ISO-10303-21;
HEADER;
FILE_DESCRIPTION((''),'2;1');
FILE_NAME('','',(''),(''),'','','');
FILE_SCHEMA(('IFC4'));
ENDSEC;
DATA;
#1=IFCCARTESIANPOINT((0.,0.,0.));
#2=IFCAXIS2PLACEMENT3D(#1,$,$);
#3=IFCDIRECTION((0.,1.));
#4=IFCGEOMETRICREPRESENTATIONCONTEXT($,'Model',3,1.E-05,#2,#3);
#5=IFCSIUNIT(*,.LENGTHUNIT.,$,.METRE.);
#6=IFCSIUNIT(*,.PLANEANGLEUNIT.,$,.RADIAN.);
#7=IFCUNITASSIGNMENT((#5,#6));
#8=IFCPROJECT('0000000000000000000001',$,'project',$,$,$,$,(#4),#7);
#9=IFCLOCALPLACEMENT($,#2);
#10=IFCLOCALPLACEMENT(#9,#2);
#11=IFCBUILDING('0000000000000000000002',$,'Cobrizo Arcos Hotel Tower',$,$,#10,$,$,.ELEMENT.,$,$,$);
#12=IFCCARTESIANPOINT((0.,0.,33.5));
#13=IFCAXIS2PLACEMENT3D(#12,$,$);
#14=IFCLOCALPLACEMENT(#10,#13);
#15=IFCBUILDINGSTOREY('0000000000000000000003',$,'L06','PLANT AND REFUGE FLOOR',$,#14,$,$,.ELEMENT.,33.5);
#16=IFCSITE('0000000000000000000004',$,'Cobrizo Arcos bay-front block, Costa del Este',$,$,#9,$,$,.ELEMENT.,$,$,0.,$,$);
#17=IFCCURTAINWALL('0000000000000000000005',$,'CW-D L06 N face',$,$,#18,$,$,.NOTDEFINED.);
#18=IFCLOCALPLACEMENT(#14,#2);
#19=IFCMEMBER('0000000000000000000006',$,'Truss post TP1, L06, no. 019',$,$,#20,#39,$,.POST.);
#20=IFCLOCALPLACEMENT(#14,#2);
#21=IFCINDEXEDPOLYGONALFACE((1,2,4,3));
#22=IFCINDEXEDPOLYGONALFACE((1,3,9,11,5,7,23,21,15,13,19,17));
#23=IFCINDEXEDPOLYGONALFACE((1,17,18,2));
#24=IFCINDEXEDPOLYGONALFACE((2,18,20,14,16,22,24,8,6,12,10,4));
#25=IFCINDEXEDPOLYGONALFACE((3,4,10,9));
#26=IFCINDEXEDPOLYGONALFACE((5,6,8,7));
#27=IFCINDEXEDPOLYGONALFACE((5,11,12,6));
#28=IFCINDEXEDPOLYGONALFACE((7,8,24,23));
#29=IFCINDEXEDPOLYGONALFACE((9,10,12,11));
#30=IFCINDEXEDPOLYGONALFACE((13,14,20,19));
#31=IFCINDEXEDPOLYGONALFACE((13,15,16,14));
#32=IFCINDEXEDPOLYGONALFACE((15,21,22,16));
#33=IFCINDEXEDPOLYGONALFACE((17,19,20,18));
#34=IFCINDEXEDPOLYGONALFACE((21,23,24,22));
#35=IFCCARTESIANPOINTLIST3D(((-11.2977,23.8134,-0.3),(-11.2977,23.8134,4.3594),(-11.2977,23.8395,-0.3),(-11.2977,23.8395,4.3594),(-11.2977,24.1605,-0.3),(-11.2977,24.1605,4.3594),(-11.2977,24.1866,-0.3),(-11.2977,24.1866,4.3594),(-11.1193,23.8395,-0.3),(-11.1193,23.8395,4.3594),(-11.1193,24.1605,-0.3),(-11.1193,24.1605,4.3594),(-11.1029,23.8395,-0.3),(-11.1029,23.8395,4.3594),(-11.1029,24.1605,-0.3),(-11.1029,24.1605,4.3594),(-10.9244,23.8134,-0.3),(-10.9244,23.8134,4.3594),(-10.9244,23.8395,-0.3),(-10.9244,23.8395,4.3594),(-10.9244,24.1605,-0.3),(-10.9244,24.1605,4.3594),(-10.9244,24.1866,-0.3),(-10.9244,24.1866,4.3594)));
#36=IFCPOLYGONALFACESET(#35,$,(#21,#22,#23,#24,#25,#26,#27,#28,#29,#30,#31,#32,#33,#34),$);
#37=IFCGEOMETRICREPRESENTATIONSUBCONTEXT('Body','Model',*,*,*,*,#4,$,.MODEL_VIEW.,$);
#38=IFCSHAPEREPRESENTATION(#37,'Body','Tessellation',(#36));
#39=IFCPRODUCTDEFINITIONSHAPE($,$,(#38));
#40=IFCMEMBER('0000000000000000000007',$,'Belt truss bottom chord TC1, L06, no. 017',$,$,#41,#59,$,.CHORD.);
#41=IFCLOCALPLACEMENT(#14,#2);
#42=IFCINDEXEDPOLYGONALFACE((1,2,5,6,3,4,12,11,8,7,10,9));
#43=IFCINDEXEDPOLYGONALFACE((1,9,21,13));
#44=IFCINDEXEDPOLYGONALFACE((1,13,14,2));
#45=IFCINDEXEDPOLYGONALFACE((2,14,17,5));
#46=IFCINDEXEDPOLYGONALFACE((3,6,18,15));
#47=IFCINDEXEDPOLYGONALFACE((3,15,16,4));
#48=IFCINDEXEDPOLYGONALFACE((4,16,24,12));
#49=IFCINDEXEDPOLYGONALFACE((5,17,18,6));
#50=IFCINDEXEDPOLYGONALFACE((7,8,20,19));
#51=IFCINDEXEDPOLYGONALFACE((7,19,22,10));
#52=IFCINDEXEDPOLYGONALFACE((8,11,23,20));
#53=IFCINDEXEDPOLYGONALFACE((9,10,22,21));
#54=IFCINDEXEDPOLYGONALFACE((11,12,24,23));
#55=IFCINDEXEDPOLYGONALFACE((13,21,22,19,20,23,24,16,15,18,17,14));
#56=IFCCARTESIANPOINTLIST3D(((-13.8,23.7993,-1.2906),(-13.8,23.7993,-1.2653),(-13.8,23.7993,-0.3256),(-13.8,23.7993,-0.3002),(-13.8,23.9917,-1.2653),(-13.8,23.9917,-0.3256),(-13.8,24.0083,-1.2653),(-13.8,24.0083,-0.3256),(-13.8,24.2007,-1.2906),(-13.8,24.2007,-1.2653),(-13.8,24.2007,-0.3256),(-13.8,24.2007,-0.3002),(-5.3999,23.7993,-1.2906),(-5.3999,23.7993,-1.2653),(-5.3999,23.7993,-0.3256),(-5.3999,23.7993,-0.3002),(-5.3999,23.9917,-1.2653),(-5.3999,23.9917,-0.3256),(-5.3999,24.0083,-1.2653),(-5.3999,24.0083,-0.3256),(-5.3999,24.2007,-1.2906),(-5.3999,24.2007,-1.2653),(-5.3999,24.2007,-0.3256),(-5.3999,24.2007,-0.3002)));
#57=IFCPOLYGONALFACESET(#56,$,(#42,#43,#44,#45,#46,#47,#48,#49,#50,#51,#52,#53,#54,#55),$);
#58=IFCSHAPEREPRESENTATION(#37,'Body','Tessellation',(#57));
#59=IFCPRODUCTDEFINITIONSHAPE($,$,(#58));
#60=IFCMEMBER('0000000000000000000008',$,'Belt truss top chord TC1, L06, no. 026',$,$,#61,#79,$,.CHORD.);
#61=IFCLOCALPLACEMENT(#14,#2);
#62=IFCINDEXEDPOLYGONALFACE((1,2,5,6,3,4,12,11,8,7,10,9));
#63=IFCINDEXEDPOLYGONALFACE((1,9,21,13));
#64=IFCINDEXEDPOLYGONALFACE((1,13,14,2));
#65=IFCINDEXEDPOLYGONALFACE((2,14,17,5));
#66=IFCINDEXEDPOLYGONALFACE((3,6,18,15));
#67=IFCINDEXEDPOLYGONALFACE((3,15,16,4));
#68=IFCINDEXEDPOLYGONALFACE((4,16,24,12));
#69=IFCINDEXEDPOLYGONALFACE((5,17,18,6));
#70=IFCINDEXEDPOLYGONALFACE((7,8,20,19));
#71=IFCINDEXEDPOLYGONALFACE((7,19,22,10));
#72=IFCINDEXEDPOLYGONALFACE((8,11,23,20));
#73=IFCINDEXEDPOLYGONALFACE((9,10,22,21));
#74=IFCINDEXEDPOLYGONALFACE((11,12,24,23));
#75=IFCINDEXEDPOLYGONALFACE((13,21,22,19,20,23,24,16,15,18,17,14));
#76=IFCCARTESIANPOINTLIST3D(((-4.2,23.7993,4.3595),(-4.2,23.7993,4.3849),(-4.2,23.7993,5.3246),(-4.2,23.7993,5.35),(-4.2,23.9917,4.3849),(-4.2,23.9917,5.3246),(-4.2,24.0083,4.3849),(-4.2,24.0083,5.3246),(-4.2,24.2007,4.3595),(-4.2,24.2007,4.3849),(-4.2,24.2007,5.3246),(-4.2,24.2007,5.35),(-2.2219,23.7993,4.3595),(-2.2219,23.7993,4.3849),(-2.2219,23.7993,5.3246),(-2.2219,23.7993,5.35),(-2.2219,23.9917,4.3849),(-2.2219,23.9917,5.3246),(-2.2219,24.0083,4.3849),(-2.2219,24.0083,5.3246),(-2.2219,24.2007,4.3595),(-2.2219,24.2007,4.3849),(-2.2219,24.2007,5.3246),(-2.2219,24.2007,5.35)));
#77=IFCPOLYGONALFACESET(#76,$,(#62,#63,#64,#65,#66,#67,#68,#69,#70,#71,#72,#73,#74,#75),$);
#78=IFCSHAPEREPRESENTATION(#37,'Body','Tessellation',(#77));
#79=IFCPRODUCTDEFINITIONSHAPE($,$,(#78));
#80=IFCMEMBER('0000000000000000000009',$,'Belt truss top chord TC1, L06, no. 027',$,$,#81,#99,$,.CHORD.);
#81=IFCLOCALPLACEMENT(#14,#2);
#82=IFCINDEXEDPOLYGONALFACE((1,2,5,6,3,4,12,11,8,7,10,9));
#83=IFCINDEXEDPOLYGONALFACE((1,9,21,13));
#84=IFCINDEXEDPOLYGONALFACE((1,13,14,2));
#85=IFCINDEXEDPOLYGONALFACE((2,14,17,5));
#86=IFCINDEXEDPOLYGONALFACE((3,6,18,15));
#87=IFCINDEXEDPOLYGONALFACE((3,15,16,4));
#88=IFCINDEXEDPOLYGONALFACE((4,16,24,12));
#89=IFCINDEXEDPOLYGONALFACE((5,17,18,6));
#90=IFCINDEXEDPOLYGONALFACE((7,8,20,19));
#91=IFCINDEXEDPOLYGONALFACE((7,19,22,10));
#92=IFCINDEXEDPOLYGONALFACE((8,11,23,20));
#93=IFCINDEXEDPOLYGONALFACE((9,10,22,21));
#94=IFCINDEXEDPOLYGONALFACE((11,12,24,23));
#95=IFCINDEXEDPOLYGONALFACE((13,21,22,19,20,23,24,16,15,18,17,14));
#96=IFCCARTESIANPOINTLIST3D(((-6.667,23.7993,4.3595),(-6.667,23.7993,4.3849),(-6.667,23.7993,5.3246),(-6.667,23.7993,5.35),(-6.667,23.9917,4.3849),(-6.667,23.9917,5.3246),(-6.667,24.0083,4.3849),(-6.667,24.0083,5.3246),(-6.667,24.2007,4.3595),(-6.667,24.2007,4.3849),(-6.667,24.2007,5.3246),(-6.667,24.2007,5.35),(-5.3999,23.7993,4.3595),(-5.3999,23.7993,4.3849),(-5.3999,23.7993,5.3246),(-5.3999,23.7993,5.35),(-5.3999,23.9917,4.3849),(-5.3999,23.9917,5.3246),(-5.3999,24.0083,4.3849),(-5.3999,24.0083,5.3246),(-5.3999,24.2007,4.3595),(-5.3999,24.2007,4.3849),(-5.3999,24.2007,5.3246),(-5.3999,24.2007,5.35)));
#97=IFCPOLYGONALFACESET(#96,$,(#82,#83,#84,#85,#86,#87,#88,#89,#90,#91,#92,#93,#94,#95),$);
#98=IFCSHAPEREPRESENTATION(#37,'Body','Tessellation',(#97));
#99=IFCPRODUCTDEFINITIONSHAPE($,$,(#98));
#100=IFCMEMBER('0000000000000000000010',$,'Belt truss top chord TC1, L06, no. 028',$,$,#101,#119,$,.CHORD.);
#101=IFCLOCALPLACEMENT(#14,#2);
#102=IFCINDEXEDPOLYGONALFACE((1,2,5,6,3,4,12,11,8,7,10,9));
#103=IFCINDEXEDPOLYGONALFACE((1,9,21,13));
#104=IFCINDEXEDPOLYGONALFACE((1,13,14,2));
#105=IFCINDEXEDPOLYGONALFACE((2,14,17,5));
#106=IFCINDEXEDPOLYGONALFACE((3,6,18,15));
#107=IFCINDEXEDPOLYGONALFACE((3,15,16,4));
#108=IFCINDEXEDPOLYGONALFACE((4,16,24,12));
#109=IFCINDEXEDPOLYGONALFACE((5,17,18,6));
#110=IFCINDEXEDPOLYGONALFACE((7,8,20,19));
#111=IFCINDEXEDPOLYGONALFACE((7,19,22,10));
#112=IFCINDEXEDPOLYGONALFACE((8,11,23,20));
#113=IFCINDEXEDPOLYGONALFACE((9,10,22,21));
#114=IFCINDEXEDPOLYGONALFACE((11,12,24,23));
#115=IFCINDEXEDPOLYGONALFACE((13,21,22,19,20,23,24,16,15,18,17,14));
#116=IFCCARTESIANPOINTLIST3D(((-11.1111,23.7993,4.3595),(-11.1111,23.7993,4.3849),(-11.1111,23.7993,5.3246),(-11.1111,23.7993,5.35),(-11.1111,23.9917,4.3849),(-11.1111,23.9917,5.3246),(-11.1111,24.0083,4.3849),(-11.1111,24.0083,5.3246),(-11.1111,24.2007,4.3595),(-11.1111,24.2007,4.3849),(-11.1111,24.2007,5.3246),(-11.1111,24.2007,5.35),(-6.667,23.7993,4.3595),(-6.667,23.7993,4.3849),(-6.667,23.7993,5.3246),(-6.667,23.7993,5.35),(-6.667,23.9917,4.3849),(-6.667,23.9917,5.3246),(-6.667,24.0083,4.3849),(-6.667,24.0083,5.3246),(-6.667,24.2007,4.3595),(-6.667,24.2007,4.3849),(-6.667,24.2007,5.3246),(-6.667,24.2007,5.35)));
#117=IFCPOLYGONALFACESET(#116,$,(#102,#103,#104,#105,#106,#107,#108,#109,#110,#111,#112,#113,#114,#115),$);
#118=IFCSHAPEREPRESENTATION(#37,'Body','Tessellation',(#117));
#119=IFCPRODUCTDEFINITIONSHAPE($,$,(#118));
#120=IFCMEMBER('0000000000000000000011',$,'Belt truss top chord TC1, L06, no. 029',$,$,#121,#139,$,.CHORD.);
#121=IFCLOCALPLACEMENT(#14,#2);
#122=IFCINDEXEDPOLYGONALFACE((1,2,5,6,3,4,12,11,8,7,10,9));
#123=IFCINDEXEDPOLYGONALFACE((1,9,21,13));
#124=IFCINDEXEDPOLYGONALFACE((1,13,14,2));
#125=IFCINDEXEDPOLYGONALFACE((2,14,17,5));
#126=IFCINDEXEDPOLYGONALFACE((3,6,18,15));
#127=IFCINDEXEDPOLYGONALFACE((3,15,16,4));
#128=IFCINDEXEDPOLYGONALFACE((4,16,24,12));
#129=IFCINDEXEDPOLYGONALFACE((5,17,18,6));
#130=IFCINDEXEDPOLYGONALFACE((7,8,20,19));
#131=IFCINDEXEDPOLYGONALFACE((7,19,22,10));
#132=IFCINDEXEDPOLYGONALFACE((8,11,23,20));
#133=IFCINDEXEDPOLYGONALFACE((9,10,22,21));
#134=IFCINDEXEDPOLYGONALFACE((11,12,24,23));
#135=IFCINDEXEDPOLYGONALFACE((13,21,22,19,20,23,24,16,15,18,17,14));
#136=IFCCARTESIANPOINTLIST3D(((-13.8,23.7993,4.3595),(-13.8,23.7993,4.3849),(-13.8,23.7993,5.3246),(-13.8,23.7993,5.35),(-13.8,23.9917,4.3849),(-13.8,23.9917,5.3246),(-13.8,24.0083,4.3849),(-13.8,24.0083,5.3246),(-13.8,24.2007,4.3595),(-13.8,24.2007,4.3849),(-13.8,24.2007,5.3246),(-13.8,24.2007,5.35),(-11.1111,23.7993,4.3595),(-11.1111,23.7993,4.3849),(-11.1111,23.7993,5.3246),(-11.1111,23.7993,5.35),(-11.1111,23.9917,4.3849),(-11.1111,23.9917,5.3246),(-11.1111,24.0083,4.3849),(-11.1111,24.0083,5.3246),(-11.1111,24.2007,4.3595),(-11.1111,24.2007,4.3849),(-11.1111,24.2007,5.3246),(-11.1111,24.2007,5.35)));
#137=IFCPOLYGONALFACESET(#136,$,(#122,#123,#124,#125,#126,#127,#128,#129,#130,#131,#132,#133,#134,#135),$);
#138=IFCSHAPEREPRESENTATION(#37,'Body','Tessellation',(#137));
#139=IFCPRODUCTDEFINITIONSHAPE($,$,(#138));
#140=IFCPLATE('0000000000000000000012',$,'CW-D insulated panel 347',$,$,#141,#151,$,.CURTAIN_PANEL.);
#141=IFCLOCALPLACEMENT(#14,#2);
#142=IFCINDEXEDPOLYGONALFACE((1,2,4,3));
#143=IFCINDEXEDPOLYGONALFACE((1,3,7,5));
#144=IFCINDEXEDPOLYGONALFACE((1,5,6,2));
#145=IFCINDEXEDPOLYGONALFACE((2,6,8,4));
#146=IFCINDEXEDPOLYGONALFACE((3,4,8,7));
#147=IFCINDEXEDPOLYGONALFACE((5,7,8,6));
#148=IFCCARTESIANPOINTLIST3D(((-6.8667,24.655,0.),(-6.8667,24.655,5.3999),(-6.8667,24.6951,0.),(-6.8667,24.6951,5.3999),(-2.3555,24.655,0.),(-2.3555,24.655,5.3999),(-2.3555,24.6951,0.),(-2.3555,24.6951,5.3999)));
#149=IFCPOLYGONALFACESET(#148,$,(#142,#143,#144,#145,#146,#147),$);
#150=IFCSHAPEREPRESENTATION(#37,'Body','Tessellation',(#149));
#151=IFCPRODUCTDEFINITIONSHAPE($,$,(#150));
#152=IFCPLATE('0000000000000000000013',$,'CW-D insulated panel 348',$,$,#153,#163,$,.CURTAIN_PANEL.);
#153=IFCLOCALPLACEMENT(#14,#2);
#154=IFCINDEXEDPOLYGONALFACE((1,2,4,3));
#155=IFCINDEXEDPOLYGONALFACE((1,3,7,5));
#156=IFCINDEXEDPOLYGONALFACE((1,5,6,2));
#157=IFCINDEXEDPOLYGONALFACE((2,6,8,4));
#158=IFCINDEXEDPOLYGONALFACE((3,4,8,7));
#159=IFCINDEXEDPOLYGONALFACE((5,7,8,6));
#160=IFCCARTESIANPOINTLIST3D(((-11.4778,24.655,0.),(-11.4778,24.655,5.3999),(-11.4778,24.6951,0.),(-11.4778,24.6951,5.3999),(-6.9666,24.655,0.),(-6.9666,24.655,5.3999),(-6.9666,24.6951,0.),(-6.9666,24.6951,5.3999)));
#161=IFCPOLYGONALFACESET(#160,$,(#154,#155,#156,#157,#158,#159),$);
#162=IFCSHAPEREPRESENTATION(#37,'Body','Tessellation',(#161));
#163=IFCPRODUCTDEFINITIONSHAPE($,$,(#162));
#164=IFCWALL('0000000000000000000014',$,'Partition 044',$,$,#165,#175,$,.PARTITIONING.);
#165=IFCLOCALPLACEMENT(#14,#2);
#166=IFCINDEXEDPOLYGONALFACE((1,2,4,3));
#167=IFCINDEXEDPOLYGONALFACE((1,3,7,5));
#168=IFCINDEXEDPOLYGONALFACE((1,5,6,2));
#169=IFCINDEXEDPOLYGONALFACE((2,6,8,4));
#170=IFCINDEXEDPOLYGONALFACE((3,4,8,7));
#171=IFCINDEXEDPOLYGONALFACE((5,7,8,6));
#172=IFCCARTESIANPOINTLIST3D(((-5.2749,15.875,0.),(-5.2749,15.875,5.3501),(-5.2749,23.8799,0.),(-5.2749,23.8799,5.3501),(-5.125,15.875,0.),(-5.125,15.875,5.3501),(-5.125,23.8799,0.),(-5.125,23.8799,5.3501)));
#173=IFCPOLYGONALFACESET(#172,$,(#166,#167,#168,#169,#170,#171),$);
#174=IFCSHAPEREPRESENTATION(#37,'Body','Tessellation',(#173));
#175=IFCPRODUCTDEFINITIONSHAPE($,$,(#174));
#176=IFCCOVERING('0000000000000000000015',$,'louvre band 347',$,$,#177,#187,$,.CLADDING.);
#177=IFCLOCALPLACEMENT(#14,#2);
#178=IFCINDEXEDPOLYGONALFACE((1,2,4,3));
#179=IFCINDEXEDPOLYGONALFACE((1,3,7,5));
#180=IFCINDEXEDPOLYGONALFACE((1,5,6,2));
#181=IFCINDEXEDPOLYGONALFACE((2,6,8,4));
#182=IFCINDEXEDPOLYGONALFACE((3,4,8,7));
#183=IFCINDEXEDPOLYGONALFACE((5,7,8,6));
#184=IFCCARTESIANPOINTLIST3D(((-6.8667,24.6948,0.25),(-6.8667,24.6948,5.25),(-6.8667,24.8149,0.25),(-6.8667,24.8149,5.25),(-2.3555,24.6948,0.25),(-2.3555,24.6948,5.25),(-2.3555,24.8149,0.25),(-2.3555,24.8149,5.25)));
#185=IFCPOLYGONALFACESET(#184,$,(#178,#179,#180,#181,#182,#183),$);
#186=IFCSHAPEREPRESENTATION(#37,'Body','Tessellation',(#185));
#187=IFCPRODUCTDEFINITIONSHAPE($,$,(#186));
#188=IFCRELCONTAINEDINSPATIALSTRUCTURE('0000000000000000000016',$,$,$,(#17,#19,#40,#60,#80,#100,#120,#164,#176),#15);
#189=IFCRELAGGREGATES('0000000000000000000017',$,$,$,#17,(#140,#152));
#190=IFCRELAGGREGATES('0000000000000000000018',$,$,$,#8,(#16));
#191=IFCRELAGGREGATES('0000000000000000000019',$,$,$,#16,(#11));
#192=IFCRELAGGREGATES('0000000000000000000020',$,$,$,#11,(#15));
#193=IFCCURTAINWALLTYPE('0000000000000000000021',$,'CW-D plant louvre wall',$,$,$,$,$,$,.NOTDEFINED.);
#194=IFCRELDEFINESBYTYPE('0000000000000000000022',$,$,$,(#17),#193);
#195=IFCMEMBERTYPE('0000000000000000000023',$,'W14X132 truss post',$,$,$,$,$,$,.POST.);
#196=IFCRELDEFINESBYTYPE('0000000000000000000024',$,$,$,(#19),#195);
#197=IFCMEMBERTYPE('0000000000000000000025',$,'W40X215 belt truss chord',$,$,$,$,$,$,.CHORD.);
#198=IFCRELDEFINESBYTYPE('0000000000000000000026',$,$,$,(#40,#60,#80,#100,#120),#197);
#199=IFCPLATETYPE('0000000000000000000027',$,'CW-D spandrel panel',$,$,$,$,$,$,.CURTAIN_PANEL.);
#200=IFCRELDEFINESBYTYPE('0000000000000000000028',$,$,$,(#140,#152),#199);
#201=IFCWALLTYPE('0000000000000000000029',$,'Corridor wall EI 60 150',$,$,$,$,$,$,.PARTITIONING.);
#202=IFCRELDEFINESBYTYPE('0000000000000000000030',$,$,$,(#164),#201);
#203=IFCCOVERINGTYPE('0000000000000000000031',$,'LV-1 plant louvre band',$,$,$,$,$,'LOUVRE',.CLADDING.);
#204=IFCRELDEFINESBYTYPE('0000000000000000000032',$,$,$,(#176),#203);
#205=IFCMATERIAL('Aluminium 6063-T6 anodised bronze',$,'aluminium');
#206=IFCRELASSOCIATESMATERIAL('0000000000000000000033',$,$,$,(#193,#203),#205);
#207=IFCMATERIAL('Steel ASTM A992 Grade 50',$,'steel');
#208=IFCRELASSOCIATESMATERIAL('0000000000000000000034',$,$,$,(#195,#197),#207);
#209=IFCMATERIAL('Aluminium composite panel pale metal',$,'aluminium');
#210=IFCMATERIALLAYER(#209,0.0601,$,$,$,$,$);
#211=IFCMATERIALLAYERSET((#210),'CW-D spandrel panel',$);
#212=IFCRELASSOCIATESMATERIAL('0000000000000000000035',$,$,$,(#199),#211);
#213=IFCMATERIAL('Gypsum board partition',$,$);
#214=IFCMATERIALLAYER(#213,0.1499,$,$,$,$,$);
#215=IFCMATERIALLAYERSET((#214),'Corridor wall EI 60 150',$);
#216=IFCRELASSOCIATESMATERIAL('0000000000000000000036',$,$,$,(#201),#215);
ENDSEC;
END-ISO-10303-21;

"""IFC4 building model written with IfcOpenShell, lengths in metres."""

from ifc_helpers import new_model, si_unit, direction, frame, frame_2d, origin, origin_2d, place, context, subcontext, project, spatial, rectangle, i_section, extrude, material, layer, layer_set, material_profile, profile_set, type_object, element, aggregate, save


model = new_model("IFC4")

# Units and contexts
model_context = context("Model", 3, precision=1e-05, world=origin(), true_north=direction((0.0, 1.0)))
body_context = subcontext(model_context, "Body", "Model", "MODEL_VIEW")
ifc_project = project(units=[si_unit("LENGTHUNIT", "METRE"), si_unit("PLANEANGLEUNIT", "RADIAN")], contexts=[model_context])

# Site, building, storey
site_placement = place(None, origin())
site = spatial("IfcSite", under=ifc_project, at=site_placement, Name="Cobrizo Arcos bay-front block, Costa del Este", CompositionType="ELEMENT", RefElevation=0.0)
building_placement = place(site_placement, origin())
building = spatial("IfcBuilding", under=site, at=building_placement, Name="Cobrizo Arcos Hotel Tower", CompositionType="ELEMENT")
storey_placement = place(building_placement, frame((0.0, 0.0, 33.5)))
storey = spatial("IfcBuildingStorey", under=building, at=storey_placement, Name="L06", Description="PLANT AND REFUGE FLOOR", CompositionType="ELEMENT", Elevation=33.5)

# Curtain wall
ifc_material_1 = material(Name="Aluminium 6063-T6 anodised bronze", Category="aluminium")
curtain_wall_type = type_object("IfcCurtainWallType", Name="CW-D plant louvre wall", PredefinedType="NOTDEFINED", material=ifc_material_1)
curtain_wall_placement = place(storey_placement, origin())
curtain_wall = element("IfcCurtainWall", 1, at=curtain_wall_placement, inside=storey, type_object=curtain_wall_type, Name="CW-D L06 N face", PredefinedType="NOTDEFINED")

# Members
ifc_material_2 = material(Name="Steel ASTM A992 Grade 50", Category="steel")
ifc_material_profile_1 = material_profile(ifc_material_2, i_section(OverallWidth=0.3733, OverallDepth=0.3733, WebThickness=0.0164, FlangeThickness=0.0261, at=origin_2d()), Name="W14X132")
ifc_profile_set_1 = profile_set([ifc_material_profile_1], Name="Steel ASTM A992 Grade 50")
member_type_1 = type_object("IfcMemberType", Name="W14X132 truss post", PredefinedType="POST", material=ifc_profile_set_1)
for number, where, z_axis, x_axis, name in (
    (2, (-11.1111, 24.0, -0.3), (0.0, 0.0, 1.0), (1.0, 0.0, 0.0), "Truss post TP1, L06, no. 019"),
):
    element("IfcMember", number, at=place(storey_placement, frame(where, z_axis=z_axis, x_axis=x_axis)), inside=storey, type_object=member_type_1, Name=name, PredefinedType="POST", context=body_context, shape_type="SweptSolid", body=[
        extrude(i_section(OverallWidth=0.3733, OverallDepth=0.3733, WebThickness=0.0164, FlangeThickness=0.0261, at=origin_2d()), origin(), (0.0, 0.0, 1.0), 4.6594),
    ])
ifc_material_profile_2 = material_profile(ifc_material_2, i_section(OverallWidth=0.4014, OverallDepth=0.9905, WebThickness=0.0166, FlangeThickness=0.0254, at=origin_2d()), Name="W40X215")
ifc_profile_set_2 = profile_set([ifc_material_profile_2], Name="Steel ASTM A992 Grade 50")
member_type_2 = type_object("IfcMemberType", Name="W40X215 belt truss chord", PredefinedType="CHORD", material=ifc_profile_set_2)
member_1_placement = place(storey_placement, frame((-5.3999, 24.0, -0.7954), z_axis=(-1.0, 0.0, 0.0), x_axis=(0.0, -1.0, 0.0)))
element("IfcMember", 3, at=member_1_placement, inside=storey, type_object=member_type_2, Name="Belt truss bottom chord TC1, L06, no. 017", PredefinedType="CHORD", context=body_context, shape_type="SweptSolid", body=[
    extrude(i_section(OverallWidth=0.4014, OverallDepth=0.9905, WebThickness=0.0166, FlangeThickness=0.0254, at=origin_2d()), origin(), (0.0, 0.0, 1.0), 8.4001),
])
member_2_placement = place(storey_placement, frame((-2.2219, 24.0, 4.8547), z_axis=(-1.0, 0.0, 0.0), x_axis=(0.0, -1.0, 0.0)))
element("IfcMember", 4, at=member_2_placement, inside=storey, type_object=member_type_2, Name="Belt truss top chord TC1, L06, no. 026", PredefinedType="CHORD", context=body_context, shape_type="SweptSolid", body=[
    extrude(i_section(OverallWidth=0.4014, OverallDepth=0.9905, WebThickness=0.0166, FlangeThickness=0.0254, at=origin_2d()), origin(), (0.0, 0.0, 1.0), 1.978),
])
member_3_placement = place(storey_placement, frame((-5.3999, 24.0, 4.8547), z_axis=(-1.0, 0.0, 0.0), x_axis=(0.0, -1.0, 0.0)))
element("IfcMember", 5, at=member_3_placement, inside=storey, type_object=member_type_2, Name="Belt truss top chord TC1, L06, no. 027", PredefinedType="CHORD", context=body_context, shape_type="SweptSolid", body=[
    extrude(i_section(OverallWidth=0.4014, OverallDepth=0.9905, WebThickness=0.0166, FlangeThickness=0.0254, at=origin_2d()), origin(), (0.0, 0.0, 1.0), 1.2671),
])
member_4_placement = place(storey_placement, frame((-6.667, 24.0, 4.8547), z_axis=(-1.0, 0.0, 0.0), x_axis=(0.0, -1.0, 0.0)))
element("IfcMember", 6, at=member_4_placement, inside=storey, type_object=member_type_2, Name="Belt truss top chord TC1, L06, no. 028", PredefinedType="CHORD", context=body_context, shape_type="SweptSolid", body=[
    extrude(i_section(OverallWidth=0.4014, OverallDepth=0.9905, WebThickness=0.0166, FlangeThickness=0.0254, at=origin_2d()), origin(), (0.0, 0.0, 1.0), 4.4441),
])
member_5_placement = place(storey_placement, frame((-11.1111, 24.0, 4.8547), z_axis=(-1.0, 0.0, 0.0), x_axis=(0.0, -1.0, 0.0)))
element("IfcMember", 7, at=member_5_placement, inside=storey, type_object=member_type_2, Name="Belt truss top chord TC1, L06, no. 029", PredefinedType="CHORD", context=body_context, shape_type="SweptSolid", body=[
    extrude(i_section(OverallWidth=0.4014, OverallDepth=0.9905, WebThickness=0.0166, FlangeThickness=0.0254, at=origin_2d()), origin(), (0.0, 0.0, 1.0), 2.689),
])

# Plates
ifc_material_3 = material(Name="Aluminium composite panel pale metal", Category="aluminium")
ifc_layer_1 = layer(ifc_material_3, 0.0601)
ifc_layer_set_1 = layer_set([ifc_layer_1], Name="CW-D spandrel panel")
plate_type = type_object("IfcPlateType", Name="CW-D spandrel panel", PredefinedType="CURTAIN_PANEL", material=ifc_layer_set_1)
plate_1_placement = place(storey_placement, frame((-4.6111, 24.675, 0.0), z_axis=(0.0, 0.0, 1.0), x_axis=(-1.0, 0.0, 0.0)))
plate_1 = element("IfcPlate", 8, at=plate_1_placement, type_object=plate_type, Name="CW-D insulated panel 347", PredefinedType="CURTAIN_PANEL", context=body_context, shape_type="SweptSolid", body=[
    extrude(rectangle(XDim=4.5112, YDim=0.04, at=origin_2d()), origin(), (0.0, 0.0, 1.0), 5.3999),
])
plate_2_placement = place(storey_placement, frame((-9.2222, 24.675, 0.0), z_axis=(0.0, 0.0, 1.0), x_axis=(-1.0, 0.0, 0.0)))
plate_2 = element("IfcPlate", 9, at=plate_2_placement, type_object=plate_type, Name="CW-D insulated panel 348", PredefinedType="CURTAIN_PANEL", context=body_context, shape_type="SweptSolid", body=[
    extrude(rectangle(XDim=4.5112, YDim=0.04, at=origin_2d()), origin(), (0.0, 0.0, 1.0), 5.3999),
])
aggregate(curtain_wall, [plate_1, plate_2])

# Wall
ifc_material_4 = material(Name="Gypsum board partition")
ifc_layer_2 = layer(ifc_material_4, 0.1499)
ifc_layer_set_2 = layer_set([ifc_layer_2], Name="Corridor wall EI 60 150")
wall_type = type_object("IfcWallType", Name="Corridor wall EI 60 150", PredefinedType="PARTITIONING", material=ifc_layer_set_2)
wall_placement = place(storey_placement, frame((-5.2, 15.875, 0.0), z_axis=(0.0, 0.0, 1.0), x_axis=(0.0, 1.0, 0.0)))
element("IfcWall", 10, at=wall_placement, inside=storey, type_object=wall_type, Name="Partition 044", PredefinedType="PARTITIONING", context=body_context, shape_type="SweptSolid", body=[
    extrude(rectangle(XDim=8.0049, YDim=0.1499, at=frame_2d((4.0024, 0.0))), origin(), (0.0, 0.0, 1.0), 5.3501),
])

# Covering
covering_type = type_object("IfcCoveringType", Name="LV-1 plant louvre band", ElementType="LOUVRE", PredefinedType="CLADDING", material=ifc_material_1)
for number, where, z_axis, x_axis, name in (
    (11, (-4.6111, 24.7549, 0.25), (0.0, 0.0, 1.0), (-1.0, 0.0, 0.0), "louvre band 347"),
):
    element("IfcCovering", number, at=place(storey_placement, frame(where, z_axis=z_axis, x_axis=x_axis)), inside=storey, type_object=covering_type, Name=name, PredefinedType="CLADDING", context=body_context, shape_type="SweptSolid", body=[
        extrude(rectangle(XDim=4.5112, YDim=0.1201, at=origin_2d()), origin(), (0.0, 0.0, 1.0), 5.0),
    ])

save(model, "model.ifc")
